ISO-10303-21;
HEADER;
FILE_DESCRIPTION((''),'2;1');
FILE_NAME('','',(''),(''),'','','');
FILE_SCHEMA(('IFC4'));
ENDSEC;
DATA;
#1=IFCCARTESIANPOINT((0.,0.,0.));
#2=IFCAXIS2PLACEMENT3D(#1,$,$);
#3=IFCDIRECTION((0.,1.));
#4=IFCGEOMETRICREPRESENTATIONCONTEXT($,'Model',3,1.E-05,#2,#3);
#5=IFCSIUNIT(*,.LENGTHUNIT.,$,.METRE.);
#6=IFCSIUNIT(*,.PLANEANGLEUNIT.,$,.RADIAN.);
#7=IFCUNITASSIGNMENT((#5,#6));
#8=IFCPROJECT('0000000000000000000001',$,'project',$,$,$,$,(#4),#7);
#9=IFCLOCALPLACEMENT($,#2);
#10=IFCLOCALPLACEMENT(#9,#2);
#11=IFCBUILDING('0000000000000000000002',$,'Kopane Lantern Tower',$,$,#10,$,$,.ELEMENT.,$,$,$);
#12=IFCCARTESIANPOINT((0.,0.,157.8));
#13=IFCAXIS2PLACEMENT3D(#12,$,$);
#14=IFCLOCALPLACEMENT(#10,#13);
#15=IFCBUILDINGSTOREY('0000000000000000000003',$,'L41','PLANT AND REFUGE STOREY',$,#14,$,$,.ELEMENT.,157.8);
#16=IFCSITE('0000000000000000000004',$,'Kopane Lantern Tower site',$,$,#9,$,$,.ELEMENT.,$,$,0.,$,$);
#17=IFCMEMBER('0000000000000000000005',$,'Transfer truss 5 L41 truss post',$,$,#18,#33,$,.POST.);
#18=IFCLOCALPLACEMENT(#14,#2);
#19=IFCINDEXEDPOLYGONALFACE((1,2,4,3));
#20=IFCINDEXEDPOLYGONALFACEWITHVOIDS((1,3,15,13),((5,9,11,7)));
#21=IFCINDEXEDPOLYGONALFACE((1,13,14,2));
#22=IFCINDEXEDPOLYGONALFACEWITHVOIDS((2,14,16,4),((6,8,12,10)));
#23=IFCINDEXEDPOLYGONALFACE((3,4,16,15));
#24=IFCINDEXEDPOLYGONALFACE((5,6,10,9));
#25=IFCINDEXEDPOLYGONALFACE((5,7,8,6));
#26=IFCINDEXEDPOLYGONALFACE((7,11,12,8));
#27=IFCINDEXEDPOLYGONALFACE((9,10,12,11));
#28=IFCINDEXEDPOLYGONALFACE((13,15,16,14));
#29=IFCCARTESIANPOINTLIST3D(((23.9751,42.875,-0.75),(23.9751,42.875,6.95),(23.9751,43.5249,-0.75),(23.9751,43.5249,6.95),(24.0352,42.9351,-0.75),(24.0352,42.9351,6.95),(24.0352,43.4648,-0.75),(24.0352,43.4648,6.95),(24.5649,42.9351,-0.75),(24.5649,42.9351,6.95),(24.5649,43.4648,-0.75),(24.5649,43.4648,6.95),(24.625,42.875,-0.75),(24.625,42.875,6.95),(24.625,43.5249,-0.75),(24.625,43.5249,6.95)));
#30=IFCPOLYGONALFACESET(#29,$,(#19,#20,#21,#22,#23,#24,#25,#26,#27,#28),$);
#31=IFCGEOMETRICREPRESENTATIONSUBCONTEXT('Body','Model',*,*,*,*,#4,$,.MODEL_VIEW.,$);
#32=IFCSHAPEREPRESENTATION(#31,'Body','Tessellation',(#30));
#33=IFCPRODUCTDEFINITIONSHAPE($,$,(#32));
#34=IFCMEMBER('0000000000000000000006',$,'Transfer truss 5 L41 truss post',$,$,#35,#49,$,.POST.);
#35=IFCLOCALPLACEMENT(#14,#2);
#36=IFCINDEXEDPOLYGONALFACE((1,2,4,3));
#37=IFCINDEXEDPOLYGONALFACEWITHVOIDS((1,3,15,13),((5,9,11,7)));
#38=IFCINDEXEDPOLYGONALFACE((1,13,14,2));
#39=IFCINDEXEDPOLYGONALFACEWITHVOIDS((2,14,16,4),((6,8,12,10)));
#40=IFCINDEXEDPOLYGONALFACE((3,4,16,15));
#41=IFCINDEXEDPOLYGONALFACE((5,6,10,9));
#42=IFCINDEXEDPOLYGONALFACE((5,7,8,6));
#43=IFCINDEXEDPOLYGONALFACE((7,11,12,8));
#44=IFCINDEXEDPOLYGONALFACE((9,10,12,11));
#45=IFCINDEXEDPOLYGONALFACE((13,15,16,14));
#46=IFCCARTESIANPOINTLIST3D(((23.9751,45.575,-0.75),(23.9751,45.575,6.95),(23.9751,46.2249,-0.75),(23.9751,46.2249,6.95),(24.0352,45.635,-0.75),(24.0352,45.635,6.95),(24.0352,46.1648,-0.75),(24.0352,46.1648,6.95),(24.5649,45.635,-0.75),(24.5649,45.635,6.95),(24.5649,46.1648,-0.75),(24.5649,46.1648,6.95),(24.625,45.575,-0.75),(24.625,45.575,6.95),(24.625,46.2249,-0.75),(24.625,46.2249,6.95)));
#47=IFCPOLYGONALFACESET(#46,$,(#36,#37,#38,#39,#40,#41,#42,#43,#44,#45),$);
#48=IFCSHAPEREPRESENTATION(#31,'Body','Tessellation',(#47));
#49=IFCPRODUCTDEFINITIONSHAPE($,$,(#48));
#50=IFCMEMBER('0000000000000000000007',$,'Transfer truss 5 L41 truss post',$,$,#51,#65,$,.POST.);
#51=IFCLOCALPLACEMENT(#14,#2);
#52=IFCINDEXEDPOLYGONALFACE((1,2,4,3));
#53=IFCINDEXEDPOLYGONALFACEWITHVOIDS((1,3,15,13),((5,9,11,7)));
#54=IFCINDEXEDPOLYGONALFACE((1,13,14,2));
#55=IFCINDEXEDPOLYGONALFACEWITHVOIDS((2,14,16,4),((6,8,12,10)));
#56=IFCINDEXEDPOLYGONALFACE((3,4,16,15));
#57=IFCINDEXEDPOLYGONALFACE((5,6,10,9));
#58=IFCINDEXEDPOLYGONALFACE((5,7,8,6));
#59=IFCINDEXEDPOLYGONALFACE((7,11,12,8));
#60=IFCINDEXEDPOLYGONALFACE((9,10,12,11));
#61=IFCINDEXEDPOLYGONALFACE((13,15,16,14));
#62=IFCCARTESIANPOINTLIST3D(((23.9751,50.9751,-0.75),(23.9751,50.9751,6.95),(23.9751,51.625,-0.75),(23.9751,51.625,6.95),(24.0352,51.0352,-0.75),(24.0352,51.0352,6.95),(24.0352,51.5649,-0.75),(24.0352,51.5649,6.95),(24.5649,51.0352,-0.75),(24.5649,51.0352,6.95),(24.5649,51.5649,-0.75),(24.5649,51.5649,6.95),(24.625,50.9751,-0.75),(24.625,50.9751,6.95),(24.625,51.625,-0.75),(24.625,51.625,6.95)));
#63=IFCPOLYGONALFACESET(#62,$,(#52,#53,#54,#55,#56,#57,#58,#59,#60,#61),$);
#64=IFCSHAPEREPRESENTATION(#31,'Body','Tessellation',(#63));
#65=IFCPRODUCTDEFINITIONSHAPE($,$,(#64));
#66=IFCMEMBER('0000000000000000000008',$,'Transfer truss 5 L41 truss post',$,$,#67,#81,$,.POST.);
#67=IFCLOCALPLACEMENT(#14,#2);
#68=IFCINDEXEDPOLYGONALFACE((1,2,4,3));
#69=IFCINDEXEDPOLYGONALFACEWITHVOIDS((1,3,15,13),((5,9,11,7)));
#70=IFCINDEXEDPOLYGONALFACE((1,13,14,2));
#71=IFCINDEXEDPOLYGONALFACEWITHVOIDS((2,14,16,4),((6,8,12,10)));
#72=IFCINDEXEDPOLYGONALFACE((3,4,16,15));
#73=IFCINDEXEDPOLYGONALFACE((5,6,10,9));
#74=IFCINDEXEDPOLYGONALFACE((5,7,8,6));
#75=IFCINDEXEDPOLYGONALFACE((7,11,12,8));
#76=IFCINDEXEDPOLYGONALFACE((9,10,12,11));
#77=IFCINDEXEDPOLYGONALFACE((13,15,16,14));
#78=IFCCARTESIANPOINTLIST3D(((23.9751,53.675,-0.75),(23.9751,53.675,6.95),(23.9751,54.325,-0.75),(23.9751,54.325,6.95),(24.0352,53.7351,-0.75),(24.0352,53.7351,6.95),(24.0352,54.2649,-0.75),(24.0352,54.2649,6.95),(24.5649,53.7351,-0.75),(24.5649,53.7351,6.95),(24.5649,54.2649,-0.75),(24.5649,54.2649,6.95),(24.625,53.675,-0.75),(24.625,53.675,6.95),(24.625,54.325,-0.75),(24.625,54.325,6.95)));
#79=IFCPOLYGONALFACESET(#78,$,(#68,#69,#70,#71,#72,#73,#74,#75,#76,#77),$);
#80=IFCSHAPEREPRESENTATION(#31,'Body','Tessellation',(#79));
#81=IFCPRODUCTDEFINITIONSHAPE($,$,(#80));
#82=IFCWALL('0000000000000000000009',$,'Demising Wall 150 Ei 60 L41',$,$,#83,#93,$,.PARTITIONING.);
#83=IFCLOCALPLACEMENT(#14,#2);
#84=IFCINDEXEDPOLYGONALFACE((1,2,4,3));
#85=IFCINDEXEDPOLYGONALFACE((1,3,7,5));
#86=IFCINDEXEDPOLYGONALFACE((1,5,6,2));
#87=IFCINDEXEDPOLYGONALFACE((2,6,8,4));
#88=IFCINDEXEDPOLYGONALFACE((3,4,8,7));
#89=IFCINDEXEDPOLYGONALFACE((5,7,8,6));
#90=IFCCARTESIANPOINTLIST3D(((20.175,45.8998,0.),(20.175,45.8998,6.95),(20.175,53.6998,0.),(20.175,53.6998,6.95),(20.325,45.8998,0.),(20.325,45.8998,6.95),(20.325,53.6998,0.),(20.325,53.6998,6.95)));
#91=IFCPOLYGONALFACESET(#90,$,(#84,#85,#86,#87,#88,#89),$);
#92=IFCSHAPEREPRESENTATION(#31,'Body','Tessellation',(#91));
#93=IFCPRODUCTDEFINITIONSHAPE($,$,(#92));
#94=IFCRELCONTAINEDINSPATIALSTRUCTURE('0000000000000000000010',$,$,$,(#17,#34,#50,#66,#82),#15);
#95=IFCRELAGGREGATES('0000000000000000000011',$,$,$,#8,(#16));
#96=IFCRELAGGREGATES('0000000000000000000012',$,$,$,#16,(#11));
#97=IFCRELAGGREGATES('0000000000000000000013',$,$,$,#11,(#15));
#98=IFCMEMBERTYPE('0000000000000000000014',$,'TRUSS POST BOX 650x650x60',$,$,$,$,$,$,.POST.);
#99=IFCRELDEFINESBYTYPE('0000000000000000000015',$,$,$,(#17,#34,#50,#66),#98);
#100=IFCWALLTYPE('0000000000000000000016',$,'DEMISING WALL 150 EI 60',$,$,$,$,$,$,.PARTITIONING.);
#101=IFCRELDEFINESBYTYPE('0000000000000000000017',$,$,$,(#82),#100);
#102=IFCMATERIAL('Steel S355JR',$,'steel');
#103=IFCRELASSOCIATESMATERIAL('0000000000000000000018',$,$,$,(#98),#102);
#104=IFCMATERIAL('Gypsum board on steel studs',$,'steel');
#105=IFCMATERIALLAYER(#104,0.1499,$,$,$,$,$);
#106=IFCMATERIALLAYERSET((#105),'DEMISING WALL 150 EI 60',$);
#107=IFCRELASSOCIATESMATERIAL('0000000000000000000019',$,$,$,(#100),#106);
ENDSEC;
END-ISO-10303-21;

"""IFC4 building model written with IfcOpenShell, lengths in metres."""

from ifc_helpers import new_model, si_unit, direction, frame, frame_2d, origin, origin_2d, place, context, subcontext, project, spatial, rectangle, hollow_rectangle, extrude, material, layer, layer_set, material_profile, profile_set, type_object, element, save


model = new_model("IFC4")

# Units and contexts
model_context = context("Model", 3, precision=1e-05, world=origin(), true_north=direction((0.0, 1.0)))
body_context = subcontext(model_context, "Body", "Model", "MODEL_VIEW")
ifc_project = project(units=[si_unit("LENGTHUNIT", "METRE"), si_unit("PLANEANGLEUNIT", "RADIAN")], contexts=[model_context])

# Site, building, storey
site_placement = place(None, origin())
site = spatial("IfcSite", under=ifc_project, at=site_placement, Name="Kopane Lantern Tower site", CompositionType="ELEMENT", RefElevation=0.0)
building_placement = place(site_placement, origin())
building = spatial("IfcBuilding", under=site, at=building_placement, Name="Kopane Lantern Tower", CompositionType="ELEMENT")
storey_placement = place(building_placement, frame((0.0, 0.0, 157.8)))
storey = spatial("IfcBuildingStorey", under=building, at=storey_placement, Name="L41", Description="PLANT AND REFUGE STOREY", CompositionType="ELEMENT", Elevation=157.8)

# Members
ifc_material_1 = material(Name="Steel S355JR", Category="steel")
ifc_material_profile_1 = material_profile(ifc_material_1, hollow_rectangle(XDim=0.6499, YDim=0.6499, WallThickness=0.0601, at=origin_2d()), Name="BOX 650x650x60")
ifc_profile_set_1 = profile_set([ifc_material_profile_1], Name="Steel S355JR")
member_type_1 = type_object("IfcMemberType", Name="TRUSS POST BOX 650x650x60", PredefinedType="POST", material=ifc_profile_set_1)
for number, where, z_axis, x_axis, name in (
    (1, (24.3, 43.2, -0.75), (0.0, 0.0, 1.0), (1.0, 0.0, 0.0), "Transfer truss 5 L41 truss post"),
    (2, (24.3, 45.8999, -0.75), (0.0, 0.0, 1.0), (1.0, 0.0, 0.0), "Transfer truss 5 L41 truss post"),
    (3, (24.3, 51.3, -0.75), (0.0, 0.0, 1.0), (1.0, 0.0, 0.0), "Transfer truss 5 L41 truss post"),
    (4, (24.3, 54.0, -0.75), (0.0, 0.0, 1.0), (1.0, 0.0, 0.0), "Transfer truss 5 L41 truss post"),
):
    element("IfcMember", number, at=place(storey_placement, frame(where, z_axis=z_axis, x_axis=x_axis)), inside=storey, type_object=member_type_1, Name=name, PredefinedType="POST", context=body_context, shape_type="SweptSolid", body=[
        extrude(hollow_rectangle(XDim=0.6499, YDim=0.6499, WallThickness=0.0601, at=origin_2d()), origin(), (0.0, 0.0, 1.0), 7.7),
    ])

# Wall
ifc_material_2 = material(Name="Gypsum board on steel studs", Category="steel")
ifc_layer = layer(ifc_material_2, 0.1499)
ifc_layer_set = layer_set([ifc_layer], Name="DEMISING WALL 150 EI 60")
wall_type = type_object("IfcWallType", Name="DEMISING WALL 150 EI 60", PredefinedType="PARTITIONING", material=ifc_layer_set)
wall_placement = place(storey_placement, frame((20.25, 45.8999, 0.0), z_axis=(0.0, 0.0, 1.0), x_axis=(0.0, 1.0, 0.0)))
element("IfcWall", 5, at=wall_placement, inside=storey, type_object=wall_type, Name="Demising Wall 150 Ei 60 L41", PredefinedType="PARTITIONING", context=body_context, shape_type="SweptSolid", body=[
    extrude(rectangle(XDim=7.8, YDim=0.1499, at=frame_2d((3.8999, 0.0))), origin(), (0.0, 0.0, 1.0), 6.95),
])

save(model, "model.ifc")
